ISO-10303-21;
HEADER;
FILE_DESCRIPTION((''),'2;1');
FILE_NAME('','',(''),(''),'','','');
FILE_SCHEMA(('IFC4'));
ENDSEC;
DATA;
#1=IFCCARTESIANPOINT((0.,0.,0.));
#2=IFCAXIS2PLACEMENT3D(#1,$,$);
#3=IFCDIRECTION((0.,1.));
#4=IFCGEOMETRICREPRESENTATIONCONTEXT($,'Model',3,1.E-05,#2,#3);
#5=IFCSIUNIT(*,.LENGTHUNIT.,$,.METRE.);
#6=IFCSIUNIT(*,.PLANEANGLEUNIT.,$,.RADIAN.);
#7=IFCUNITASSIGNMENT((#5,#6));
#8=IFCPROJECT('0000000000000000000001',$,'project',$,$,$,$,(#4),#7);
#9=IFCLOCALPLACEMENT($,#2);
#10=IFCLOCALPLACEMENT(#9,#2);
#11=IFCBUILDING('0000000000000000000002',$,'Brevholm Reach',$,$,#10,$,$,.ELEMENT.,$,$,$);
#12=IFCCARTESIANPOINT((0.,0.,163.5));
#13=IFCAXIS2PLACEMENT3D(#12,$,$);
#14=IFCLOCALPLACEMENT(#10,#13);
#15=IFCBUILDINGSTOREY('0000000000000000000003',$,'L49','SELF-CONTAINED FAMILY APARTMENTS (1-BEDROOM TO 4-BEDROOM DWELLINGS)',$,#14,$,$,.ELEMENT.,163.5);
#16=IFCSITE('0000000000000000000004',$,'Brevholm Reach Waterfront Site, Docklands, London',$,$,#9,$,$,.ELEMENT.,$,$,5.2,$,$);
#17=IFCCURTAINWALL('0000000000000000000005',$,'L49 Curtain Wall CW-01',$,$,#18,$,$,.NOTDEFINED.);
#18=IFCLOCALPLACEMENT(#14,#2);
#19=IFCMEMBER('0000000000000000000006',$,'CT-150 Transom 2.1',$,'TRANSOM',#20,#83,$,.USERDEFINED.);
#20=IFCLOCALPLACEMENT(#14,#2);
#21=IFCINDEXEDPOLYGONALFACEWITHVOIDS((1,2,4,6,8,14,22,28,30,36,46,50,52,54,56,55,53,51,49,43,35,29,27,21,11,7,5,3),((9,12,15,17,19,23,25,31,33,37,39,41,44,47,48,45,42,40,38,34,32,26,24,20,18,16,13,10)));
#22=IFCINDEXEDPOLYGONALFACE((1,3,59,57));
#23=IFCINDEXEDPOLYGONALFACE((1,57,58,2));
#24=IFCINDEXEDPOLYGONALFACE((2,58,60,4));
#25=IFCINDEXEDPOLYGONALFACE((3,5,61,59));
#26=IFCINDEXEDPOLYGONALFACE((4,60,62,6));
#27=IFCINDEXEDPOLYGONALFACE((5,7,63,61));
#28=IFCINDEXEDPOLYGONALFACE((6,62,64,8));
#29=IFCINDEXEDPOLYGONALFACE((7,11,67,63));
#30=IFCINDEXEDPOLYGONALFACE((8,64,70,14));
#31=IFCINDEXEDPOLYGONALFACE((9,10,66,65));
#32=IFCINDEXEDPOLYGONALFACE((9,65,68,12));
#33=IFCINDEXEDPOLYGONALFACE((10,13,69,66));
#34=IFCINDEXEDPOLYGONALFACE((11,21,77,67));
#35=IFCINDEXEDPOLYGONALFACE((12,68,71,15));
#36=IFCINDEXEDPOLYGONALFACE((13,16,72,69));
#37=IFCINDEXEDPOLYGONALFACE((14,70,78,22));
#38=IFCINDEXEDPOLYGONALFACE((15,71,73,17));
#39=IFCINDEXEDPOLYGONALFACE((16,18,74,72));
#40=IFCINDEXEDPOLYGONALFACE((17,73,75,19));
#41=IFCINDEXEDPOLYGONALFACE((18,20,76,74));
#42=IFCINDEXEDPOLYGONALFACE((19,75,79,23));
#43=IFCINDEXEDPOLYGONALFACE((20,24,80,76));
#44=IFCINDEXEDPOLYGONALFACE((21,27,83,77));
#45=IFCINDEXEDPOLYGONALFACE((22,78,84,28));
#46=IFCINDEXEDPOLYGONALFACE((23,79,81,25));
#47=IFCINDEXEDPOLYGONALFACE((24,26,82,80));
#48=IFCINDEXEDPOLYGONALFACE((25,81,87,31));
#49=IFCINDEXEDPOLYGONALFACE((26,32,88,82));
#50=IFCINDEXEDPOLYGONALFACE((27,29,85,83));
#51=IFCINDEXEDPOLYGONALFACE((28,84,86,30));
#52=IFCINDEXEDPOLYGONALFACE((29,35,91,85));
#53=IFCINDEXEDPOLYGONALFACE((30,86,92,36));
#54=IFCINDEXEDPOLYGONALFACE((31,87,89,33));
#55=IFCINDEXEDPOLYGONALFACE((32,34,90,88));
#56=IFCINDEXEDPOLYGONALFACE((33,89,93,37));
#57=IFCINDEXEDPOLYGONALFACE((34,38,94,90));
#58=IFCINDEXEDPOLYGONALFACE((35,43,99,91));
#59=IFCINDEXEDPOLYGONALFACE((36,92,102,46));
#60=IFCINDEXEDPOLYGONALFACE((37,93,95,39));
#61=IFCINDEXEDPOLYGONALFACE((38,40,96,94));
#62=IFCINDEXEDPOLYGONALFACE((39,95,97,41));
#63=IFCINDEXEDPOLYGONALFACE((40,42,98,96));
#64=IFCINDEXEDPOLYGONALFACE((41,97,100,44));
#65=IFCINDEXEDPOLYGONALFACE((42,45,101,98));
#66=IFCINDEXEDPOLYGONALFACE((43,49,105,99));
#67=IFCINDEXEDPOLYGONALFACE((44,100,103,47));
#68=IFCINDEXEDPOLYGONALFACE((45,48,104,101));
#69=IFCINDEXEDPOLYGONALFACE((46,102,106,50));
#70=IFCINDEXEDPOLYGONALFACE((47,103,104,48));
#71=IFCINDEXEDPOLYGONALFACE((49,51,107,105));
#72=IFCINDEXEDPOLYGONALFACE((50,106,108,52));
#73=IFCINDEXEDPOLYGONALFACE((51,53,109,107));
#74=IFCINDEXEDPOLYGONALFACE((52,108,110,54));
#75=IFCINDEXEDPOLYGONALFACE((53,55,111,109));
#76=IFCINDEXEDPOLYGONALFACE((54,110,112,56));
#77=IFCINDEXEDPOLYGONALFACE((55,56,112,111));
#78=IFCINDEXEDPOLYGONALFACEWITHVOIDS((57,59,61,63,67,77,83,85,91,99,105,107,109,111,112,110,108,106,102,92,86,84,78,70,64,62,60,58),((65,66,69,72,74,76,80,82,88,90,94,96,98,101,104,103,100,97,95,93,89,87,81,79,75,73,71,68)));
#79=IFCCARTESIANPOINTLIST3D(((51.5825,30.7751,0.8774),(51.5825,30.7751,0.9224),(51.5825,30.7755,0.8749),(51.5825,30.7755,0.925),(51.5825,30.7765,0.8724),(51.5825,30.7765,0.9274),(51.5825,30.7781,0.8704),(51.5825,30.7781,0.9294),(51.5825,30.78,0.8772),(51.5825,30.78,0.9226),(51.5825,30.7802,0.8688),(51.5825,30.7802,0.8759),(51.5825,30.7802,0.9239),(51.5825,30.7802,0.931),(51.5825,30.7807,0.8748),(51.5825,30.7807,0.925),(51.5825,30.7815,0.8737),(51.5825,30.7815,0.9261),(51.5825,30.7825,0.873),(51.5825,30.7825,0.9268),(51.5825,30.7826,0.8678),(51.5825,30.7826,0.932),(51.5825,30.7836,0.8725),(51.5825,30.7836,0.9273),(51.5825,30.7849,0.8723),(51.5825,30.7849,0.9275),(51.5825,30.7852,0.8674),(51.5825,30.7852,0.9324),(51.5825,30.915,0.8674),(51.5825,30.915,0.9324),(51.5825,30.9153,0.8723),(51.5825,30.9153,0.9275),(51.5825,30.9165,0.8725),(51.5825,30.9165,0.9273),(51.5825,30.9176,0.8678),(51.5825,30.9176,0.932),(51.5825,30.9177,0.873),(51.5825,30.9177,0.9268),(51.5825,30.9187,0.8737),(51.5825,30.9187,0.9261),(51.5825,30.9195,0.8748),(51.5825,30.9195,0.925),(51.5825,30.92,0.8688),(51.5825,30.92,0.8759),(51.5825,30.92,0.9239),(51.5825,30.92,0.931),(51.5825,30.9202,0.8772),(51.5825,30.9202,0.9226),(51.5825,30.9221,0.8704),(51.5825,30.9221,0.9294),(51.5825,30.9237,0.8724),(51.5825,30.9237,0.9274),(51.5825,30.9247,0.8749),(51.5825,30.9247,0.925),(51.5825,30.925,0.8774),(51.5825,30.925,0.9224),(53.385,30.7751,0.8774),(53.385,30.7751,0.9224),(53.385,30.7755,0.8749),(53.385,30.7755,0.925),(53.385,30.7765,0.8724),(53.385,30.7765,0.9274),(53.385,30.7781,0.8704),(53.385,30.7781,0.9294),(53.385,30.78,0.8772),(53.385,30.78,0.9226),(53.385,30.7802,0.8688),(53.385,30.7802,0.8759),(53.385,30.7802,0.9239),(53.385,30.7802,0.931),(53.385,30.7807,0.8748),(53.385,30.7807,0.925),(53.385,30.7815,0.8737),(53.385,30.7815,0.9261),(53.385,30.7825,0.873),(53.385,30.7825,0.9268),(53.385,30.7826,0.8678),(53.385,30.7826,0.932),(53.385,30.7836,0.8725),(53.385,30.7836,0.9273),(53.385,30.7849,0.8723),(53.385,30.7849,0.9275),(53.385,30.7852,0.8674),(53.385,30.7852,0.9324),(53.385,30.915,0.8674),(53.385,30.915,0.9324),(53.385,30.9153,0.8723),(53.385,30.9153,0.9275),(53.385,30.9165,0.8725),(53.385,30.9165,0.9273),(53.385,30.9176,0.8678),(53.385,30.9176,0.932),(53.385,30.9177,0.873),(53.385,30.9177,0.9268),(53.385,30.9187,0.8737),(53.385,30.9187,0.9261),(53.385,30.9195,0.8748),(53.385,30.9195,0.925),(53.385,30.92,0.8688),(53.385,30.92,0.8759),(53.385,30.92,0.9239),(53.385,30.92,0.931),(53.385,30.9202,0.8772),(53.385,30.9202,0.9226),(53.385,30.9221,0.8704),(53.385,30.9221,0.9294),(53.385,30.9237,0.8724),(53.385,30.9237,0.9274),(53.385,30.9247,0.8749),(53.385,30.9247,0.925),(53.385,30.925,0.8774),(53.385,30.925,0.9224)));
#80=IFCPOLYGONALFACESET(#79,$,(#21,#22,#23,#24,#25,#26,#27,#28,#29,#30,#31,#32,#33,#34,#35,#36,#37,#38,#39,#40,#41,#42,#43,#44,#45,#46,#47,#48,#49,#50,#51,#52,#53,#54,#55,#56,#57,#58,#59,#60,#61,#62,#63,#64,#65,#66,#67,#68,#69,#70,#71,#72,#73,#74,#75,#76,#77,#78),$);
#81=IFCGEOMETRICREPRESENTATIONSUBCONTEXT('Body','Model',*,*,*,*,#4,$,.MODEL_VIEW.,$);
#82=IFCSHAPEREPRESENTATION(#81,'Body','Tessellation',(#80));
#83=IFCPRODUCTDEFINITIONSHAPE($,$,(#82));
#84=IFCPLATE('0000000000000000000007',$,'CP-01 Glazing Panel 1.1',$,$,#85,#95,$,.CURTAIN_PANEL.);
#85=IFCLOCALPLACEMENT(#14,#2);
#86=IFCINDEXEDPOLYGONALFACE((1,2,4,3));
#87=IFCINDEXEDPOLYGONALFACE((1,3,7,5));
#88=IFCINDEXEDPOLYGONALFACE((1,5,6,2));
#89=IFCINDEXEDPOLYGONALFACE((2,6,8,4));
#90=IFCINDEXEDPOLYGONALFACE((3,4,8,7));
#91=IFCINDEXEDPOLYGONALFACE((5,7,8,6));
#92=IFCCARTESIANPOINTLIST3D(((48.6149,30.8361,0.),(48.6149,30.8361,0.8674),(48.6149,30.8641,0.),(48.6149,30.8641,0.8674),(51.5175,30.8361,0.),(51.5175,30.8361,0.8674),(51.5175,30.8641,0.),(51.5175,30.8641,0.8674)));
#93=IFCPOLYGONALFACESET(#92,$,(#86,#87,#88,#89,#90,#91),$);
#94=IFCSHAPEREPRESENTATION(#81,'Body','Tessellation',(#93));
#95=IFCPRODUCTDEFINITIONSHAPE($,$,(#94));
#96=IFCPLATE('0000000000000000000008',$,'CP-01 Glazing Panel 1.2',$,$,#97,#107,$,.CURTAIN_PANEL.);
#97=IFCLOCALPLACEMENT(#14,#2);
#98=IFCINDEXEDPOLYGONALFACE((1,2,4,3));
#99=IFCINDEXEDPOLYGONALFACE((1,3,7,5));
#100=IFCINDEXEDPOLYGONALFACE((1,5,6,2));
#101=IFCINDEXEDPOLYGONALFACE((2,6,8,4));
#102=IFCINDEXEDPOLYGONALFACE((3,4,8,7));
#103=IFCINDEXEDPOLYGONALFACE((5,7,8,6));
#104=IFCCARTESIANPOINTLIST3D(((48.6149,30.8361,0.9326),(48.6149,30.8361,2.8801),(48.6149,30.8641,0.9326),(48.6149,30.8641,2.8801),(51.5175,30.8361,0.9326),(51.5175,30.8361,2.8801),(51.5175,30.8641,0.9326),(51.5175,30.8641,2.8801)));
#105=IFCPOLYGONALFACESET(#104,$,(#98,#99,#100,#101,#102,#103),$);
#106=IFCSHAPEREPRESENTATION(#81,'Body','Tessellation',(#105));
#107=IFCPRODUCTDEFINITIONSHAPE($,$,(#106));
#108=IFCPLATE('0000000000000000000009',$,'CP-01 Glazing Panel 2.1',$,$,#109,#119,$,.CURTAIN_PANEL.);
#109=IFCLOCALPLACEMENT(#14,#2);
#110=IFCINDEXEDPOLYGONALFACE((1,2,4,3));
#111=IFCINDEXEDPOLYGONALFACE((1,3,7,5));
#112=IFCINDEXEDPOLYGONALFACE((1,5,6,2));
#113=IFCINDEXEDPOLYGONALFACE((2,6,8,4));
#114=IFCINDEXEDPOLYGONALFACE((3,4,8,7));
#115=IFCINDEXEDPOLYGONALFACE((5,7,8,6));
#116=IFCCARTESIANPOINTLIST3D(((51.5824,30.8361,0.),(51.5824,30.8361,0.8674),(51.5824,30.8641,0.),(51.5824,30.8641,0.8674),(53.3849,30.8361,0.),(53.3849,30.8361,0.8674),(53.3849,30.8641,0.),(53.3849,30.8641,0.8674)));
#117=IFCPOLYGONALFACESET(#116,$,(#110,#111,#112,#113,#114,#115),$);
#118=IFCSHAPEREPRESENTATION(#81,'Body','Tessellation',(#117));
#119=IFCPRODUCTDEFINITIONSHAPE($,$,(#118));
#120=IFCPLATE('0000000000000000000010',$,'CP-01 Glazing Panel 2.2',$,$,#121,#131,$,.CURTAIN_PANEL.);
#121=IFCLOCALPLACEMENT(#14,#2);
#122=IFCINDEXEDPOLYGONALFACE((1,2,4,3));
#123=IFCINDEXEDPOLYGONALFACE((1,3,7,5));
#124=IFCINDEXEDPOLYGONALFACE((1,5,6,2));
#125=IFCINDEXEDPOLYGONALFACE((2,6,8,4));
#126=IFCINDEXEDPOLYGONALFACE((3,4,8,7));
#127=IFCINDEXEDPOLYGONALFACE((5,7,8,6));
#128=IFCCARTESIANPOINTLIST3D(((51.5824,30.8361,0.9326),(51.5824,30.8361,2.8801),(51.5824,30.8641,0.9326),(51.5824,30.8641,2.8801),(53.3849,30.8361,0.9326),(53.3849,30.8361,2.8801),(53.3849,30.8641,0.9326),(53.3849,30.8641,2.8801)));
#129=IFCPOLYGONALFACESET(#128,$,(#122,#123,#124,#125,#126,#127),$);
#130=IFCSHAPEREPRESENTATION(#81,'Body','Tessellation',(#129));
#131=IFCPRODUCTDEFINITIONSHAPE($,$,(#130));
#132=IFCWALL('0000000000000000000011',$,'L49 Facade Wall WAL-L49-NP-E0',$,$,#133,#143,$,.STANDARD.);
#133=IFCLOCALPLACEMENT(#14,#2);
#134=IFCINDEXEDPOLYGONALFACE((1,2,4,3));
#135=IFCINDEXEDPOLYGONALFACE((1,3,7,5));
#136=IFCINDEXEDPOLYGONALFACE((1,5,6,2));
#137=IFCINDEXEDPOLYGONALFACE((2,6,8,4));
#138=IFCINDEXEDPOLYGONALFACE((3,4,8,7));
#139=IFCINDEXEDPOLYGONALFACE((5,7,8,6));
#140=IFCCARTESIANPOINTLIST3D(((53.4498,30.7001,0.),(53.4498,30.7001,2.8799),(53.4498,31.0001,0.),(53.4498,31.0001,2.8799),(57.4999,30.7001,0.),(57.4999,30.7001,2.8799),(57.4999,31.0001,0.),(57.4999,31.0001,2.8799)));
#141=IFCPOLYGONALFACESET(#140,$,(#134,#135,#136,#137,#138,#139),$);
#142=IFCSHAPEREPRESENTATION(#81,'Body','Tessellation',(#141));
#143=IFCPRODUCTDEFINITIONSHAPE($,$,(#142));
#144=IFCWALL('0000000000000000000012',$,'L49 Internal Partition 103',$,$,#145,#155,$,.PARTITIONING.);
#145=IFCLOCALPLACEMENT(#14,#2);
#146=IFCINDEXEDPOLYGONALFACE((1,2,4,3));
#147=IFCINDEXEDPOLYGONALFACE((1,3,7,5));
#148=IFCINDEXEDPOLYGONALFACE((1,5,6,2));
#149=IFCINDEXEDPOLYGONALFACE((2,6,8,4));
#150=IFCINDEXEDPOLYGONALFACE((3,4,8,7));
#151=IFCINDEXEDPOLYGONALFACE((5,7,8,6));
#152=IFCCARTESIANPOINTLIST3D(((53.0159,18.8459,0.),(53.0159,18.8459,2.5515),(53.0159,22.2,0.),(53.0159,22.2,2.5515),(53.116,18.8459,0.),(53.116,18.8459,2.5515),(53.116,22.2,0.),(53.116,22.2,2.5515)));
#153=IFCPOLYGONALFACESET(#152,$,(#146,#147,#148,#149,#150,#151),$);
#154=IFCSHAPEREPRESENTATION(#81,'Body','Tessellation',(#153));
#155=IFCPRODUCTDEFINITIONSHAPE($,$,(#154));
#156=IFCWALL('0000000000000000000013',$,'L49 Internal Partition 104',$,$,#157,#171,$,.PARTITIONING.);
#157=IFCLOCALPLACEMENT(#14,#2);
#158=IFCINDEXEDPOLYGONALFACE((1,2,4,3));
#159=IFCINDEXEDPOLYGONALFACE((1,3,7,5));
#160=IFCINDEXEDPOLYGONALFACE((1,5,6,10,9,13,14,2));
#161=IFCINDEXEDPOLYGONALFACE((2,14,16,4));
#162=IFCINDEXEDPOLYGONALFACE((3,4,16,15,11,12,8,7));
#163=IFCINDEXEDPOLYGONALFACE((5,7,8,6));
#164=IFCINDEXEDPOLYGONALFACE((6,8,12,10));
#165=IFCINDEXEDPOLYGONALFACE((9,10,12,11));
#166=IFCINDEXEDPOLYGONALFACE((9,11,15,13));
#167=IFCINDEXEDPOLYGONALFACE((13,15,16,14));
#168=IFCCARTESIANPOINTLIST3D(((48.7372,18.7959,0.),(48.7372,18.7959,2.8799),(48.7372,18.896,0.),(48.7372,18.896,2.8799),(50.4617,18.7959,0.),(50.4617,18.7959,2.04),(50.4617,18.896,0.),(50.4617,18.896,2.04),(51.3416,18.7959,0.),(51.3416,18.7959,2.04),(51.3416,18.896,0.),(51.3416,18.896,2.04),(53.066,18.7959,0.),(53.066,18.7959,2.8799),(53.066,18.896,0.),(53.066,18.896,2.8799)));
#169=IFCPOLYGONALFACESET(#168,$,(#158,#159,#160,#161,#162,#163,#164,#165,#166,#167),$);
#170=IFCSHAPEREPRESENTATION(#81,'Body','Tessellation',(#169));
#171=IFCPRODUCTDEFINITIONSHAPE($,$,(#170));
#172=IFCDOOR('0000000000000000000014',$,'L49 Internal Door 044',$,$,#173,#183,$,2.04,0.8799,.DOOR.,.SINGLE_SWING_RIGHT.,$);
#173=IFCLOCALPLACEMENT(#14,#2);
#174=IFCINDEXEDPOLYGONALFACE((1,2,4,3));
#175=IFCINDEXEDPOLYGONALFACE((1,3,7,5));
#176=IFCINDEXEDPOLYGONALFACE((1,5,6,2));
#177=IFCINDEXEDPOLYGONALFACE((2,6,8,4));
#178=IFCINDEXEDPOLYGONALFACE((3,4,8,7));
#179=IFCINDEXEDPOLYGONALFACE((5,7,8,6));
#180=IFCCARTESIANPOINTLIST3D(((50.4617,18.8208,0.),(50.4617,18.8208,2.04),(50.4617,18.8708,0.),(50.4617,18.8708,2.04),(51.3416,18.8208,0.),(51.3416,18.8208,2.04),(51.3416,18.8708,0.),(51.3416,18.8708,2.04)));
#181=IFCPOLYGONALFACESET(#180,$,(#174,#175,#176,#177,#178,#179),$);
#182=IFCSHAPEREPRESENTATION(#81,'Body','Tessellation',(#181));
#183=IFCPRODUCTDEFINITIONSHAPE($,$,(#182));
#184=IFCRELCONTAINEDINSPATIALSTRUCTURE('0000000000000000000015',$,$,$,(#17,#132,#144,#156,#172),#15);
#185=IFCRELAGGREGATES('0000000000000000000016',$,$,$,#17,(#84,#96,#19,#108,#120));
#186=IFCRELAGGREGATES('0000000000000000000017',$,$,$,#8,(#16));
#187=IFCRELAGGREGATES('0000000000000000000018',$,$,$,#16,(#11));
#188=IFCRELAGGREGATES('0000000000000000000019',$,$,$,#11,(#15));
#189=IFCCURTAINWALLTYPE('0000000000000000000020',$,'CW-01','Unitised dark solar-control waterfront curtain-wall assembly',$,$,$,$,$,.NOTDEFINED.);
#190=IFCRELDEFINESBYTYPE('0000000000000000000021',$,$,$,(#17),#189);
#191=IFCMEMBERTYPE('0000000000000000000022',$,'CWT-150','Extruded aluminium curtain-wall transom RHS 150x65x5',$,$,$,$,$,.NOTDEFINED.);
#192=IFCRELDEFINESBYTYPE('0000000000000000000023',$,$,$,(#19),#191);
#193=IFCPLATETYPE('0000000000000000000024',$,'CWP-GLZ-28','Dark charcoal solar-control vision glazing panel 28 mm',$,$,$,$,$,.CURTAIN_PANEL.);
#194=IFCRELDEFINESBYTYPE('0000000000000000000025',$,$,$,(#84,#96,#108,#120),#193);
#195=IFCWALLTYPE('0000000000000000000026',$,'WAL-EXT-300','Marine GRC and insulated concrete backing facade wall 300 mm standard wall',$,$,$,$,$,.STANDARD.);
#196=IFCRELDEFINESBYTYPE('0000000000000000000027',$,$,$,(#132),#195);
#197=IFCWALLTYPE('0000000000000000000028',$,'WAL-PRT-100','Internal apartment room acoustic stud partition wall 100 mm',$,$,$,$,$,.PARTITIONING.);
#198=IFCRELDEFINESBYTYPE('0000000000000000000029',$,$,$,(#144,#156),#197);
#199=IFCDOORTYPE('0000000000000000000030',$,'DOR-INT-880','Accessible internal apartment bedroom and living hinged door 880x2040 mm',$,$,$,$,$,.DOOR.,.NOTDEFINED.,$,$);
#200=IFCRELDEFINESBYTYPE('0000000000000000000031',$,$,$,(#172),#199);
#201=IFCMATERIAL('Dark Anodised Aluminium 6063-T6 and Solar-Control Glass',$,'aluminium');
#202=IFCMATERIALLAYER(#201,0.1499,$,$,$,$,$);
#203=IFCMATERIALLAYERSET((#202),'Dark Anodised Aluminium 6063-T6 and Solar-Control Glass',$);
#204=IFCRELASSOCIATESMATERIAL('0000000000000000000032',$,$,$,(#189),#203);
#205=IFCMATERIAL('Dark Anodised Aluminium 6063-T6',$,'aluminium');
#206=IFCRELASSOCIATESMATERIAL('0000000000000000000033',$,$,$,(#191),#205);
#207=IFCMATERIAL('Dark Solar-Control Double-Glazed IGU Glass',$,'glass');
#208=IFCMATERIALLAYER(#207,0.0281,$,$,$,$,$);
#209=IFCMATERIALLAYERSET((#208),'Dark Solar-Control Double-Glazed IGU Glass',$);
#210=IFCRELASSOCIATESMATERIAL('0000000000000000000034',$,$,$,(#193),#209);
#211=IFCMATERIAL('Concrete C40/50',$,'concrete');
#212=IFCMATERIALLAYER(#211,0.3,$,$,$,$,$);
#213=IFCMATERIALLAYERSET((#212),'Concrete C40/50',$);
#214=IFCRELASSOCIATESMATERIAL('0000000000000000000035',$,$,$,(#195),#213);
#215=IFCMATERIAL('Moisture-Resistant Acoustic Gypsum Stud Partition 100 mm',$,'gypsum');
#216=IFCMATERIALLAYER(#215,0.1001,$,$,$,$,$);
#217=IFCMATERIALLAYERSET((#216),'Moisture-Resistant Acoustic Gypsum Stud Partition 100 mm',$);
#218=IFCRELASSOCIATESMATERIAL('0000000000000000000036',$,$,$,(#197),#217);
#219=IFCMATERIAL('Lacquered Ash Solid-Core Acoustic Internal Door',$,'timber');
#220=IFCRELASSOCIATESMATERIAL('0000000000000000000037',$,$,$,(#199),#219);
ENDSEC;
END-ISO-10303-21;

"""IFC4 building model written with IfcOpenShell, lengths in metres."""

from ifc_helpers import new_model, si_unit, direction, frame, frame_2d, origin, origin_2d, place, context, subcontext, project, spatial, rectangle, hollow_rectangle, extrude, material, layer, layer_set, material_profile, profile_set, type_object, element, fill, aggregate, save


model = new_model("IFC4")

# Units and contexts
model_context = context("Model", 3, precision=1e-05, world=origin(), true_north=direction((0.0, 1.0)))
body_context = subcontext(model_context, "Body", "Model", "MODEL_VIEW")
ifc_project = project(units=[si_unit("LENGTHUNIT", "METRE"), si_unit("PLANEANGLEUNIT", "RADIAN")], contexts=[model_context])

# Site, building, storey
site_placement = place(None, origin())
site = spatial("IfcSite", under=ifc_project, at=site_placement, Name="Brevholm Reach Waterfront Site, Docklands, London", CompositionType="ELEMENT", RefElevation=5.2)
building_placement = place(site_placement, origin())
building = spatial("IfcBuilding", under=site, at=building_placement, Name="Brevholm Reach", CompositionType="ELEMENT")
storey_placement = place(building_placement, frame((0.0, 0.0, 163.5)))
storey = spatial("IfcBuildingStorey", under=building, at=storey_placement, Name="L49", Description="SELF-CONTAINED FAMILY APARTMENTS (1-BEDROOM TO 4-BEDROOM DWELLINGS)", CompositionType="ELEMENT", Elevation=163.5)

# Curtain wall, member, plates
ifc_material_1 = material(Name="Dark Anodised Aluminium 6063-T6 and Solar-Control Glass", Category="aluminium")
ifc_layer_1 = layer(ifc_material_1, 0.1499)
ifc_layer_set_1 = layer_set([ifc_layer_1], Name="Dark Anodised Aluminium 6063-T6 and Solar-Control Glass")
curtain_wall_type = type_object("IfcCurtainWallType", Name="CW-01", Description="Unitised dark solar-control waterfront curtain-wall assembly", PredefinedType="NOTDEFINED", material=ifc_layer_set_1)
curtain_wall_placement = place(storey_placement, origin())
curtain_wall = element("IfcCurtainWall", 1, at=curtain_wall_placement, inside=storey, type_object=curtain_wall_type, Name="L49 Curtain Wall CW-01", PredefinedType="NOTDEFINED")
ifc_material_2 = material(Name="Dark Anodised Aluminium 6063-T6", Category="aluminium")
ifc_material_profile_1 = material_profile(ifc_material_2, hollow_rectangle(XDim=0.0649, YDim=0.1499, WallThickness=0.0049, InnerFilletRadius=0.0049, OuterFilletRadius=0.01, at=origin_2d()), Name="RHS 150x65x5")
ifc_profile_set_1 = profile_set([ifc_material_profile_1], Name="Dark Anodised Aluminium 6063-T6")
member_type_1 = type_object("IfcMemberType", Name="CWT-150", Description="Extruded aluminium curtain-wall transom RHS 150x65x5", PredefinedType="NOTDEFINED", material=ifc_profile_set_1)
member_1_placement = place(storey_placement, frame((51.5825, 30.8501, 0.8999), z_axis=(1.0, 0.0, 0.0), x_axis=(0.0, 0.0, 1.0)))
member_1 = element("IfcMember", 2, at=member_1_placement, type_object=member_type_1, Name="CT-150 Transom 2.1", ObjectType="TRANSOM", PredefinedType="USERDEFINED", context=body_context, shape_type="SweptSolid", body=[
    extrude(hollow_rectangle(XDim=0.0649, YDim=0.1499, WallThickness=0.0049, InnerFilletRadius=0.0049, OuterFilletRadius=0.01, at=origin_2d()), origin(), (0.0, 0.0, 1.0), 1.8025),
])
ifc_material_3 = material(Name="Dark Solar-Control Double-Glazed IGU Glass", Category="glass")
ifc_layer_2 = layer(ifc_material_3, 0.0281)
ifc_layer_set_2 = layer_set([ifc_layer_2], Name="Dark Solar-Control Double-Glazed IGU Glass")
plate_type = type_object("IfcPlateType", Name="CWP-GLZ-28", Description="Dark charcoal solar-control vision glazing panel 28 mm", PredefinedType="CURTAIN_PANEL", material=ifc_layer_set_2)
plate_1_placement = place(storey_placement, frame((50.0662, 30.8501, 0.0), z_axis=(0.0, 0.0, 1.0), x_axis=(1.0, 0.0, 0.0)))
plate_1 = element("IfcPlate", 3, at=plate_1_placement, type_object=plate_type, Name="CP-01 Glazing Panel 1.1", PredefinedType="CURTAIN_PANEL", context=body_context, shape_type="SweptSolid", body=[
    extrude(rectangle(XDim=2.9026, YDim=0.0281, at=origin_2d()), origin(), (0.0, 0.0, 1.0), 0.8674),
])
plate_2_placement = place(storey_placement, frame((50.0662, 30.8501, 0.9326), z_axis=(0.0, 0.0, 1.0), x_axis=(1.0, 0.0, 0.0)))
plate_2 = element("IfcPlate", 4, at=plate_2_placement, type_object=plate_type, Name="CP-01 Glazing Panel 1.2", PredefinedType="CURTAIN_PANEL", context=body_context, shape_type="SweptSolid", body=[
    extrude(rectangle(XDim=2.9026, YDim=0.0281, at=origin_2d()), origin(), (0.0, 0.0, 1.0), 1.9475),
])
plate_3_placement = place(storey_placement, frame((52.4836, 30.8501, 0.0), z_axis=(0.0, 0.0, 1.0), x_axis=(1.0, 0.0, 0.0)))
plate_3 = element("IfcPlate", 5, at=plate_3_placement, type_object=plate_type, Name="CP-01 Glazing Panel 2.1", PredefinedType="CURTAIN_PANEL", context=body_context, shape_type="SweptSolid", body=[
    extrude(rectangle(XDim=1.8025, YDim=0.0281, at=origin_2d()), origin(), (0.0, 0.0, 1.0), 0.8674),
])
plate_4_placement = place(storey_placement, frame((52.4836, 30.8501, 0.9326), z_axis=(0.0, 0.0, 1.0), x_axis=(1.0, 0.0, 0.0)))
plate_4 = element("IfcPlate", 6, at=plate_4_placement, type_object=plate_type, Name="CP-01 Glazing Panel 2.2", PredefinedType="CURTAIN_PANEL", context=body_context, shape_type="SweptSolid", body=[
    extrude(rectangle(XDim=1.8025, YDim=0.0281, at=origin_2d()), origin(), (0.0, 0.0, 1.0), 1.9475),
])
aggregate(curtain_wall, [plate_1, plate_2, member_1, plate_3, plate_4])

# Walls
ifc_material_4 = material(Name="Concrete C40/50", Category="concrete")
ifc_layer_3 = layer(ifc_material_4, 0.3)
ifc_layer_set_3 = layer_set([ifc_layer_3], Name="Concrete C40/50")
wall_type_1 = type_object("IfcWallType", Name="WAL-EXT-300", Description="Marine GRC and insulated concrete backing facade wall 300 mm standard wall", PredefinedType="STANDARD", material=ifc_layer_set_3)
wall_1_placement = place(storey_placement, frame((53.45, 30.8501, 0.0), z_axis=(0.0, 0.0, 1.0), x_axis=(1.0, 0.0, 0.0)))
element("IfcWall", 7, at=wall_1_placement, inside=storey, type_object=wall_type_1, Name="L49 Facade Wall WAL-L49-NP-E0", PredefinedType="STANDARD", context=body_context, shape_type="SweptSolid", body=[
    extrude(rectangle(XDim=4.05, YDim=0.3, at=frame_2d((2.0249, 0.0))), origin(), (0.0, 0.0, 1.0), 2.8799),
])
ifc_material_5 = material(Name="Moisture-Resistant Acoustic Gypsum Stud Partition 100 mm", Category="gypsum")
ifc_layer_4 = layer(ifc_material_5, 0.1001)
ifc_layer_set_4 = layer_set([ifc_layer_4], Name="Moisture-Resistant Acoustic Gypsum Stud Partition 100 mm")
wall_type_2 = type_object("IfcWallType", Name="WAL-PRT-100", Description="Internal apartment room acoustic stud partition wall 100 mm", PredefinedType="PARTITIONING", material=ifc_layer_set_4)
wall_2_placement = place(storey_placement, frame((53.0659, 18.8459, 0.0), z_axis=(0.0, 0.0, 1.0), x_axis=(0.0, 1.0, 0.0)))
element("IfcWall", 8, at=wall_2_placement, inside=storey, type_object=wall_type_2, Name="L49 Internal Partition 103", PredefinedType="PARTITIONING", context=body_context, shape_type="SweptSolid", body=[
    extrude(rectangle(XDim=3.354, YDim=0.1001, at=frame_2d((1.677, 0.0))), origin(), (0.0, 0.0, 1.0), 2.5515),
])

# Wall, opening, door
wall_3_placement = place(storey_placement, frame((48.7371, 18.8459, 0.0), z_axis=(0.0, 0.0, 1.0), x_axis=(1.0, 0.0, 0.0)))
wall_3 = element("IfcWall", 9, at=wall_3_placement, inside=storey, type_object=wall_type_2, Name="L49 Internal Partition 104", PredefinedType="PARTITIONING", context=body_context, shape_type="SweptSolid", body=[
    extrude(rectangle(XDim=4.3289, YDim=0.1001, at=frame_2d((2.1646, 0.0))), origin(), (0.0, 0.0, 1.0), 2.8799),
])
opening_1_placement = place(wall_3_placement, frame((1.7246, 0.0, 0.0)))
opening_1 = element("IfcOpeningElement", 10, at=opening_1_placement, cuts=wall_3, PredefinedType="OPENING", context=body_context, shape_type="SweptSolid", body=[
    extrude(rectangle(XDim=0.8799, YDim=2.04, at=frame_2d((0.4399, 1.02))), frame((0.0, 0.0601, 0.0), z_axis=(0.0, -1.0, 0.0), x_axis=(1.0, 0.0, 0.0)), (0.0, 0.0, 1.0), 0.1201),
])
ifc_material_6 = material(Name="Lacquered Ash Solid-Core Acoustic Internal Door", Category="timber")
door_type = type_object("IfcDoorType", Name="DOR-INT-880", Description="Accessible internal apartment bedroom and living hinged door 880x2040 mm", OperationType="NOTDEFINED", PredefinedType="DOOR", material=ifc_material_6)
door_1_placement = place(opening_1_placement, origin())
door_1 = element("IfcDoor", 11, at=door_1_placement, inside=storey, type_object=door_type, Name="L49 Internal Door 044", OperationType="SINGLE_SWING_RIGHT", OverallHeight=2.04, OverallWidth=0.8799, PredefinedType="DOOR", context=body_context, shape_type="SweptSolid", body=[
    extrude(rectangle(XDim=0.8799, YDim=2.04, at=frame_2d((0.4399, 1.02))), frame((0.0, 0.0249, 0.0), z_axis=(0.0, -1.0, 0.0), x_axis=(1.0, 0.0, 0.0)), (0.0, 0.0, 1.0), 0.05),
])
fill(opening_1, door_1)

save(model, "model.ifc")
